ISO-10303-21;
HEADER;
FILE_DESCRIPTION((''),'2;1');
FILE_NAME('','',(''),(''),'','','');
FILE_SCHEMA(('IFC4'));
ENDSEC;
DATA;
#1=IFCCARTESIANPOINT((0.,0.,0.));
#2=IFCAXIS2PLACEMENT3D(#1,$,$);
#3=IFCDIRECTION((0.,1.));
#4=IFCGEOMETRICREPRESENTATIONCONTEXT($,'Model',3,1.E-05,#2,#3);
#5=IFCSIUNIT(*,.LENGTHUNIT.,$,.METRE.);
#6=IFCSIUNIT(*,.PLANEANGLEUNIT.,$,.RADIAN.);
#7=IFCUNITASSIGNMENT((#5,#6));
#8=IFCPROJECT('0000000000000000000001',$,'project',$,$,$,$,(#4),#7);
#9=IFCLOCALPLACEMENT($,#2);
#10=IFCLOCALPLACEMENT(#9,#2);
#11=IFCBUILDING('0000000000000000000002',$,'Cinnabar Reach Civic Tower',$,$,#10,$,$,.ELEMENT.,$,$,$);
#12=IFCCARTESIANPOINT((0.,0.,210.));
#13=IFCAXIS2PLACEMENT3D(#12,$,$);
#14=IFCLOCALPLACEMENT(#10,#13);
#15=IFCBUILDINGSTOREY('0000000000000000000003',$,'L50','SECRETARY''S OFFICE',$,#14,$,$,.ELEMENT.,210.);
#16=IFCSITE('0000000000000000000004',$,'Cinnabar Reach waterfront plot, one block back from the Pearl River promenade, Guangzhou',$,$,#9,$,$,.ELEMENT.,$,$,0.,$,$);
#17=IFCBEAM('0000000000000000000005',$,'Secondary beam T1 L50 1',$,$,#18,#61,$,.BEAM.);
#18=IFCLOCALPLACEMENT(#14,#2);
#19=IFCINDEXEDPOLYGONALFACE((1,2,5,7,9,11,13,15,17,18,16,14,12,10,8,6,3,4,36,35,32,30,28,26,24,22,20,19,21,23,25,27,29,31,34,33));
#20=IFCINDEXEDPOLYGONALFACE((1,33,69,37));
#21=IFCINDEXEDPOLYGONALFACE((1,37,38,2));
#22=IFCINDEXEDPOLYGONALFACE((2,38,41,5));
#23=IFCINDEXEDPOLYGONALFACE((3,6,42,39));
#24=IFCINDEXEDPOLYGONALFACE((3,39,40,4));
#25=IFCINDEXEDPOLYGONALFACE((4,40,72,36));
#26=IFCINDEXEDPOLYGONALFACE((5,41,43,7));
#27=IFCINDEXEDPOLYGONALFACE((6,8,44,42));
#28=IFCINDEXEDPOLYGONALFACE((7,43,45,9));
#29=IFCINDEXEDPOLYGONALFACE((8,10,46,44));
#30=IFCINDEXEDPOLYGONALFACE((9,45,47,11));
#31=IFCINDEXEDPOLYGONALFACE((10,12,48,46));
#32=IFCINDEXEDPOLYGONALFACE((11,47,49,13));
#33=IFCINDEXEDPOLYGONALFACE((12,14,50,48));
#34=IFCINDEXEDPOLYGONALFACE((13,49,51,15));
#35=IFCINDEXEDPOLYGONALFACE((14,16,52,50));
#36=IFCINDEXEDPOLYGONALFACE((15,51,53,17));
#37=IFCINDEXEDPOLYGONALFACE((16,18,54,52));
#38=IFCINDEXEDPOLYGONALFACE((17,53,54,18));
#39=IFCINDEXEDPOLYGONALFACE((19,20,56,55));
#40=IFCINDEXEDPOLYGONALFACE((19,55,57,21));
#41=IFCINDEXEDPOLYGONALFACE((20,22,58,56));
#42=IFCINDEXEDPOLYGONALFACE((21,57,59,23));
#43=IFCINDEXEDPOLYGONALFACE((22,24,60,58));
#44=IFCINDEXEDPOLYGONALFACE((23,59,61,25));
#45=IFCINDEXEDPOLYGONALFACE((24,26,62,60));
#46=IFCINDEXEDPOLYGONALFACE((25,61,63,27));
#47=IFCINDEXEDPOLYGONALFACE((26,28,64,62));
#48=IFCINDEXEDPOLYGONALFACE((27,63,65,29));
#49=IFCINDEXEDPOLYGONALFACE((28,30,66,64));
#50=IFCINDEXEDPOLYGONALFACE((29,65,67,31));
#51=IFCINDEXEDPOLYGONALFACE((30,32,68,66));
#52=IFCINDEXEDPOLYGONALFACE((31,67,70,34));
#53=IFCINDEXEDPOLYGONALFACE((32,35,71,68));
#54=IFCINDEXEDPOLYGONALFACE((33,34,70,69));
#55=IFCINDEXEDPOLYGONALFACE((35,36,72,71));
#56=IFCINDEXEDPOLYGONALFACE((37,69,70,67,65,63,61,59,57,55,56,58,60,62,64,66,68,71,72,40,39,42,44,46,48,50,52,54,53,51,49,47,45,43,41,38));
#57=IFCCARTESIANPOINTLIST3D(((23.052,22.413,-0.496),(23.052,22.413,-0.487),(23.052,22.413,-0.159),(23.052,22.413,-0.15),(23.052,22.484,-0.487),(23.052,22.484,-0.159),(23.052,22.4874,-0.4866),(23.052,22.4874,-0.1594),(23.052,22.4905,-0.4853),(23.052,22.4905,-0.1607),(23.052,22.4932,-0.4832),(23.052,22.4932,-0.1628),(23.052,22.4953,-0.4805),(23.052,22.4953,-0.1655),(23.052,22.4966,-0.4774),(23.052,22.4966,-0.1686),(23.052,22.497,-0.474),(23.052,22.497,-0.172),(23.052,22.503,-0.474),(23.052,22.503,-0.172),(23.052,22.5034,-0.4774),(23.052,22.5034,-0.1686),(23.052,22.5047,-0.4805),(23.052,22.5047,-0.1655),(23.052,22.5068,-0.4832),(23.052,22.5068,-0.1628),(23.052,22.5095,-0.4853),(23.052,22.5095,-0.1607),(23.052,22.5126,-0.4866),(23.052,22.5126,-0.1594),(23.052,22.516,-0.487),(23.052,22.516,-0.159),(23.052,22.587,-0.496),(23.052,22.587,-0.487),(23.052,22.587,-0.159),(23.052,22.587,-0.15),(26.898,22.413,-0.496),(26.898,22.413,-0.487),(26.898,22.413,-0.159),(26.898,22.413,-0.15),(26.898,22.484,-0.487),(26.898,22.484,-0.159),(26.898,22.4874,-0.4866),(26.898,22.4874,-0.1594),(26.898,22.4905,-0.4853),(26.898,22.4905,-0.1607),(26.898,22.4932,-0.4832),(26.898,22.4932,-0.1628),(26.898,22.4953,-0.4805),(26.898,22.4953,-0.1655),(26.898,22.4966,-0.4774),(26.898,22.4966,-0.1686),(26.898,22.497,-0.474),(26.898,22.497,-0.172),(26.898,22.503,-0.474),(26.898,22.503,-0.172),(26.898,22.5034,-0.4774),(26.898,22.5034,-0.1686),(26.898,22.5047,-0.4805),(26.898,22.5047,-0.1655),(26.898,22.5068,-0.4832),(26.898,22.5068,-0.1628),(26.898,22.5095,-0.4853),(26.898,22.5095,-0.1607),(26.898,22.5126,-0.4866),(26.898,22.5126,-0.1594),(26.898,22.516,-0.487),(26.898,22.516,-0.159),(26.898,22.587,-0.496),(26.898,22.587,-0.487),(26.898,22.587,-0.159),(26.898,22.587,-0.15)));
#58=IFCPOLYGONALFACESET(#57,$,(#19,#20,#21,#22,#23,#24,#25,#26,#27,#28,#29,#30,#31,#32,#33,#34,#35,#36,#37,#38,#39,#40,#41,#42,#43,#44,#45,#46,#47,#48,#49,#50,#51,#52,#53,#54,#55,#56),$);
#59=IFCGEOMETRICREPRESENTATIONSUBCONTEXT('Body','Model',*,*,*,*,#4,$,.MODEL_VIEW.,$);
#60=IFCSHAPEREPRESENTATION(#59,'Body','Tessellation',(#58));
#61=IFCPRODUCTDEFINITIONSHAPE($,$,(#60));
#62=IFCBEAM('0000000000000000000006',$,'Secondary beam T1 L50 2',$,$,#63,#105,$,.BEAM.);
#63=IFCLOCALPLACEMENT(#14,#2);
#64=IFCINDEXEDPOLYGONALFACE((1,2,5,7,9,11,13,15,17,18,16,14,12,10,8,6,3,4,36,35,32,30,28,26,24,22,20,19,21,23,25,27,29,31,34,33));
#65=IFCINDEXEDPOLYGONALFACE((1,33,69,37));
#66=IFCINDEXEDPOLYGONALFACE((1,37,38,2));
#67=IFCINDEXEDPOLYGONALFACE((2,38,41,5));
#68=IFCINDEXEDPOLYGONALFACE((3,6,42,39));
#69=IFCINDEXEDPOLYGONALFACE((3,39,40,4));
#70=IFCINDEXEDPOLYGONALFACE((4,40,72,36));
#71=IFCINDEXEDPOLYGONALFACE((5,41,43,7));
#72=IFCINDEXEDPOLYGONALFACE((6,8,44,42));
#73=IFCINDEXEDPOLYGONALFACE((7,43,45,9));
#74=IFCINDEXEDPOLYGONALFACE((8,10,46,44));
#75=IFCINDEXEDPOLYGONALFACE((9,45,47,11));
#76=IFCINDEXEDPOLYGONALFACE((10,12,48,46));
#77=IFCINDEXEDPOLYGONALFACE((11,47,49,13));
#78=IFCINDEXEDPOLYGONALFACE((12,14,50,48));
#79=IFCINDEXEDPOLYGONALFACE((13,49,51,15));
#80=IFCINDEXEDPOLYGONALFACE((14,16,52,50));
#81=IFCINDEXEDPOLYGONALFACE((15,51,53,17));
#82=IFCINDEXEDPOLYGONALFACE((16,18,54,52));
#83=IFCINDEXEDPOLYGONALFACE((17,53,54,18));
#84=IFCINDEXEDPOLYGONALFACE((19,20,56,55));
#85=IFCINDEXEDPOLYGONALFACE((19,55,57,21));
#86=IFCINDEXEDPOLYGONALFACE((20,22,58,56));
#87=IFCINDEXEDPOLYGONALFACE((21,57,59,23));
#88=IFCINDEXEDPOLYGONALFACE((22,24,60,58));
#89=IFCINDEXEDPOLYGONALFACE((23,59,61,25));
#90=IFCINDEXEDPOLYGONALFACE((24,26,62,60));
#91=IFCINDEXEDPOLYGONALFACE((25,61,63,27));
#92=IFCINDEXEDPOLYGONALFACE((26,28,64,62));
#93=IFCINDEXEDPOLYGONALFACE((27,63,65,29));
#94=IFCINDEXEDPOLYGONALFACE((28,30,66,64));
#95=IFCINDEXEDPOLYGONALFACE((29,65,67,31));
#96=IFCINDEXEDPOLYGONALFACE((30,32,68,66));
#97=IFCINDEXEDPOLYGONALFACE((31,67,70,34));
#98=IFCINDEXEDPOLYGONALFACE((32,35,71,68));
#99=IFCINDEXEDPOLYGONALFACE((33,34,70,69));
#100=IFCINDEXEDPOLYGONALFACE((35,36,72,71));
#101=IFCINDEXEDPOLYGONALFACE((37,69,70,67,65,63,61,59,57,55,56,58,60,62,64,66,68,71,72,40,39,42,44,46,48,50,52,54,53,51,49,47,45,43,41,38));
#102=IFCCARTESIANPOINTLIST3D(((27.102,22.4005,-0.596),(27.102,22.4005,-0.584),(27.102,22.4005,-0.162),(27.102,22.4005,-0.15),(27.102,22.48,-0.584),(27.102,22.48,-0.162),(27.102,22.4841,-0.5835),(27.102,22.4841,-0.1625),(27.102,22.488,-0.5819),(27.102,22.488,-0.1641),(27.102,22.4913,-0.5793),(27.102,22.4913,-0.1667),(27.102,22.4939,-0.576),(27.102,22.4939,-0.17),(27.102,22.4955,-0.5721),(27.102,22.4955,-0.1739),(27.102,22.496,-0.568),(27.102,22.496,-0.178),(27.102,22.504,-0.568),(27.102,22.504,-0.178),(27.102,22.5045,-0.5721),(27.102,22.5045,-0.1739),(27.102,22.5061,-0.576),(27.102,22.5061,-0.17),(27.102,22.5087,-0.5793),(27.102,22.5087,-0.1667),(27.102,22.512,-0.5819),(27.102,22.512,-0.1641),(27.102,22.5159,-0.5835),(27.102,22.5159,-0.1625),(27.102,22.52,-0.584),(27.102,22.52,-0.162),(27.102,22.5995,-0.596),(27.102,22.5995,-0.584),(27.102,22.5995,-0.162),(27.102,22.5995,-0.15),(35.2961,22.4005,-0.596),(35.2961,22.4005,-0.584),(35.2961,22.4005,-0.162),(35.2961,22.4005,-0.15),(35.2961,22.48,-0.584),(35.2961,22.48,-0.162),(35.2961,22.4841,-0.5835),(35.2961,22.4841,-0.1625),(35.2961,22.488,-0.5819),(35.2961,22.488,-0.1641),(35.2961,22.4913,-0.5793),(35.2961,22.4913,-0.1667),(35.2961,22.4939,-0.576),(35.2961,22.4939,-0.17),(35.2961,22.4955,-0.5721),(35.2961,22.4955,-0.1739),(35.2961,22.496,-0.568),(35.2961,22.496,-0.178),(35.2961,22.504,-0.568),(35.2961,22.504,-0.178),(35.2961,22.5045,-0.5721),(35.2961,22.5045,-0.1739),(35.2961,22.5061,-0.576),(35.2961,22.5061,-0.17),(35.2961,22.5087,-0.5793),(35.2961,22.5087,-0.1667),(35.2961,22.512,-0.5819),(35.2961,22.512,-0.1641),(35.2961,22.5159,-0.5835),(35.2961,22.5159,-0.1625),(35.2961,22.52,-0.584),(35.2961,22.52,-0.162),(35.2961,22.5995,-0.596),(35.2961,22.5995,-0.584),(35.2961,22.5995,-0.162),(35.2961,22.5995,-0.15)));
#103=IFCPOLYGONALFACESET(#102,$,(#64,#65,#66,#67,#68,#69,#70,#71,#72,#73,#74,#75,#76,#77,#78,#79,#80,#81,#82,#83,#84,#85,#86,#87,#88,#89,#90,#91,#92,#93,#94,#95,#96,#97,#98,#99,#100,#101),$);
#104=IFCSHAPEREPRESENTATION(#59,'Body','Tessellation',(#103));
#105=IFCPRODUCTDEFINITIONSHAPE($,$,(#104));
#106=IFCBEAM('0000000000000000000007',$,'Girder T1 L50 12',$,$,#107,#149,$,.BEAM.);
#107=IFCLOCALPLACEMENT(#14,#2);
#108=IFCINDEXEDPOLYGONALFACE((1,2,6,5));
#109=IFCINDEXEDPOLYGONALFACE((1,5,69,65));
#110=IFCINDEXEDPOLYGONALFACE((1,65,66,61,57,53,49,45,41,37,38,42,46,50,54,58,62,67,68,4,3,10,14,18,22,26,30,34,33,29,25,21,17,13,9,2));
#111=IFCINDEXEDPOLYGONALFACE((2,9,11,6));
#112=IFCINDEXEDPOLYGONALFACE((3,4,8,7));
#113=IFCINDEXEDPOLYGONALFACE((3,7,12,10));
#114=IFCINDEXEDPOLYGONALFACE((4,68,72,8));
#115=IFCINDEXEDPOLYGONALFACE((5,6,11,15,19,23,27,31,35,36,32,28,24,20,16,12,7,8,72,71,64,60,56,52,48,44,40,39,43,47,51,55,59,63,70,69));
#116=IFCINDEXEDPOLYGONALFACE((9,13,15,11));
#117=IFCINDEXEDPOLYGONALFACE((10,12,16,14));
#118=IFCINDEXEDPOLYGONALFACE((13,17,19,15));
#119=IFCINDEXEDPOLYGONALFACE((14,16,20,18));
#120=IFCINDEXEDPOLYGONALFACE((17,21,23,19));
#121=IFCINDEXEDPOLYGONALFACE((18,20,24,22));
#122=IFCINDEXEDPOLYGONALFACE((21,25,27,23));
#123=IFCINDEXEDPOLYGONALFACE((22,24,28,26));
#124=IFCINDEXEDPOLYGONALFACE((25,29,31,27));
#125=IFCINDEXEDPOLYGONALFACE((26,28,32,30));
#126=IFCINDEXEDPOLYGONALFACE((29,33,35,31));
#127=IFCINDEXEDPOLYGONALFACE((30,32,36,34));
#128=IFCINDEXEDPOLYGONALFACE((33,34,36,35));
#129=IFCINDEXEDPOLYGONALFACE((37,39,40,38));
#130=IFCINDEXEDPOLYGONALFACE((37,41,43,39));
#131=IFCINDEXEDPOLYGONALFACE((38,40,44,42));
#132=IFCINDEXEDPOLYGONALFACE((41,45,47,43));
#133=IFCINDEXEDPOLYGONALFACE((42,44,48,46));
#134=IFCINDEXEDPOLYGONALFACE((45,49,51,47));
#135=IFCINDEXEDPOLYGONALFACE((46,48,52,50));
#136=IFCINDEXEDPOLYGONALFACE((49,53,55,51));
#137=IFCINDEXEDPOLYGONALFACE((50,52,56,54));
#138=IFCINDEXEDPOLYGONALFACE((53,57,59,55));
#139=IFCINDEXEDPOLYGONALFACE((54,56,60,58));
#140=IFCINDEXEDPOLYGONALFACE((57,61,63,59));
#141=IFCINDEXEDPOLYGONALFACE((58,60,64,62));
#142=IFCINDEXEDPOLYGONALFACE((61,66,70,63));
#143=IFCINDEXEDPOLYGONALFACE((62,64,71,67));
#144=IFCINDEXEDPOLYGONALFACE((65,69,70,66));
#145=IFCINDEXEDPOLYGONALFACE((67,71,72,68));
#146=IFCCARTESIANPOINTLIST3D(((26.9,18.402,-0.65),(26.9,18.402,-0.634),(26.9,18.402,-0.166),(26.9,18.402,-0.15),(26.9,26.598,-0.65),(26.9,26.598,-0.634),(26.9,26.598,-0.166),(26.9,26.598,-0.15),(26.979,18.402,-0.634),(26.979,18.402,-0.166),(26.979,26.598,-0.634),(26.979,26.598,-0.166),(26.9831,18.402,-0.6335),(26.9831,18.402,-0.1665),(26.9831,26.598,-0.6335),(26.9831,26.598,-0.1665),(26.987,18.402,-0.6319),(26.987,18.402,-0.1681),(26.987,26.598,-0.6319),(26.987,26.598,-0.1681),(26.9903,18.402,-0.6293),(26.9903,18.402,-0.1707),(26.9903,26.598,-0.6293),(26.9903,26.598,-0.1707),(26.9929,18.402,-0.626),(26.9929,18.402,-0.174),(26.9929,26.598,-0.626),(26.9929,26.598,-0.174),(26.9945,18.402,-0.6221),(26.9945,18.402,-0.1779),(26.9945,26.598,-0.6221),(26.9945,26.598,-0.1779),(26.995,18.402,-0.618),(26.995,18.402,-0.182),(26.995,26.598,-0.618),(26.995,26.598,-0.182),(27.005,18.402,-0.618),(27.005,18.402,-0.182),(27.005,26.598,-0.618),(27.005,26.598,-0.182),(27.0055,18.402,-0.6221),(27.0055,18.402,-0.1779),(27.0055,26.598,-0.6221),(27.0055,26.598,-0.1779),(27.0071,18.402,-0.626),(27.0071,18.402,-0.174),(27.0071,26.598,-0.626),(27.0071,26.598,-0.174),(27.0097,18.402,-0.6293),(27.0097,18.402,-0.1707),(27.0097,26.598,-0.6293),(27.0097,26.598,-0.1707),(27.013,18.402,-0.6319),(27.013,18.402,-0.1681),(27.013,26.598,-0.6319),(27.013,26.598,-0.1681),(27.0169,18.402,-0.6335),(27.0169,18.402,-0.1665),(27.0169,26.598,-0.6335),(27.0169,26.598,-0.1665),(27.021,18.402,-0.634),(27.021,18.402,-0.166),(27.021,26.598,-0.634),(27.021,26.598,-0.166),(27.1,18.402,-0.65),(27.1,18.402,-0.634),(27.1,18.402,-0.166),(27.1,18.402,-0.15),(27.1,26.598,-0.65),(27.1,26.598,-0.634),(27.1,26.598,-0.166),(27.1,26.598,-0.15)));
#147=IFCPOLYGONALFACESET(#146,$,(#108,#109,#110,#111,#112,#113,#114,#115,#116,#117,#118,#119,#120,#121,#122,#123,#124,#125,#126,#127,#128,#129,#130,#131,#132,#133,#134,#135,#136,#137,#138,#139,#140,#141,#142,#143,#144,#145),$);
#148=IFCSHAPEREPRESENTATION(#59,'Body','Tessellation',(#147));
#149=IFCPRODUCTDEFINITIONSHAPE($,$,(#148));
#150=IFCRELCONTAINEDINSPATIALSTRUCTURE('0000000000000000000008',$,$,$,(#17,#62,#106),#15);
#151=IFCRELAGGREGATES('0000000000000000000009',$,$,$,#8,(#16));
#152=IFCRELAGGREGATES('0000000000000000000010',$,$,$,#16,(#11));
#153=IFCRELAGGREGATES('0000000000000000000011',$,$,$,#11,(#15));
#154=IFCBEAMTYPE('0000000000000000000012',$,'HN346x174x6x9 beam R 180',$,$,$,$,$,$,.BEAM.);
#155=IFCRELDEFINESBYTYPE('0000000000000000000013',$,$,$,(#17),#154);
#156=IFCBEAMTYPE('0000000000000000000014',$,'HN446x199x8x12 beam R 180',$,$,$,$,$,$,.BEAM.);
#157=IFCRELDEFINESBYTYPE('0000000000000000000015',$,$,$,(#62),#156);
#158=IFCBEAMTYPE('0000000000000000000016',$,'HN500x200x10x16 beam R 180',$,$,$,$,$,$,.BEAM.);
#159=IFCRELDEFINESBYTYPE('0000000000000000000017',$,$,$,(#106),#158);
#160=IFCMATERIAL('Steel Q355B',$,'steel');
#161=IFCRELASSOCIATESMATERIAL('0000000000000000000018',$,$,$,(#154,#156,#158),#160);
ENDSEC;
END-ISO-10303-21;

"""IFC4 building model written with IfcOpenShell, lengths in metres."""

from ifc_helpers import new_model, si_unit, direction, frame, origin, origin_2d, place, context, subcontext, project, spatial, i_section, extrude, material, material_profile, profile_set, type_object, element, save


model = new_model("IFC4")

# Units and contexts
model_context = context("Model", 3, precision=1e-05, world=origin(), true_north=direction((0.0, 1.0)))
body_context = subcontext(model_context, "Body", "Model", "MODEL_VIEW")
ifc_project = project(units=[si_unit("LENGTHUNIT", "METRE"), si_unit("PLANEANGLEUNIT", "RADIAN")], contexts=[model_context])

# Site, building, storey
site_placement = place(None, origin())
site = spatial("IfcSite", under=ifc_project, at=site_placement, Name="Cinnabar Reach waterfront plot, one block back from the Pearl River promenade, Guangzhou", CompositionType="ELEMENT", RefElevation=0.0)
building_placement = place(site_placement, origin())
building = spatial("IfcBuilding", under=site, at=building_placement, Name="Cinnabar Reach Civic Tower", CompositionType="ELEMENT")
storey_placement = place(building_placement, frame((0.0, 0.0, 210.0)))
storey = spatial("IfcBuildingStorey", under=building, at=storey_placement, Name="L50", Description="SECRETARY'S OFFICE", CompositionType="ELEMENT", Elevation=210.0)

# Beams
ifc_material_1 = material(Name="Steel Q355B", Category="steel")
ifc_material_profile_1 = material_profile(ifc_material_1, i_section(OverallWidth=0.174, OverallDepth=0.346, WebThickness=0.006, FlangeThickness=0.009, FilletRadius=0.013, at=origin_2d()), Name="HN346x174x6x9")
ifc_profile_set_1 = profile_set([ifc_material_profile_1], Name="Steel Q355B")
beam_type_1 = type_object("IfcBeamType", Name="HN346x174x6x9 beam R 180", PredefinedType="BEAM", material=ifc_profile_set_1)
beam_1_placement = place(storey_placement, frame((23.052, 22.5, -0.323), z_axis=(1.0, 0.0, 0.0), x_axis=(0.0, 1.0, 0.0)))
element("IfcBeam", 1, at=beam_1_placement, inside=storey, type_object=beam_type_1, Name="Secondary beam T1 L50 1", PredefinedType="BEAM", context=body_context, shape_type="SweptSolid", body=[
    extrude(i_section(OverallWidth=0.174, OverallDepth=0.346, WebThickness=0.006, FlangeThickness=0.009, FilletRadius=0.013, at=origin_2d()), origin(), (0.0, 0.0, 1.0), 3.846),
])
ifc_material_profile_2 = material_profile(ifc_material_1, i_section(OverallWidth=0.199, OverallDepth=0.446, WebThickness=0.008, FlangeThickness=0.012, FilletRadius=0.016, at=origin_2d()), Name="HN446x199x8x12")
ifc_profile_set_2 = profile_set([ifc_material_profile_2], Name="Steel Q355B")
beam_type_2 = type_object("IfcBeamType", Name="HN446x199x8x12 beam R 180", PredefinedType="BEAM", material=ifc_profile_set_2)
beam_2_placement = place(storey_placement, frame((27.102, 22.5, -0.373), z_axis=(1.0, 0.0, 0.0), x_axis=(0.0, 1.0, 0.0)))
element("IfcBeam", 2, at=beam_2_placement, inside=storey, type_object=beam_type_2, Name="Secondary beam T1 L50 2", PredefinedType="BEAM", context=body_context, shape_type="SweptSolid", body=[
    extrude(i_section(OverallWidth=0.199, OverallDepth=0.446, WebThickness=0.008, FlangeThickness=0.012, FilletRadius=0.016, at=origin_2d()), origin(), (0.0, 0.0, 1.0), 8.1941),
])
ifc_material_profile_3 = material_profile(ifc_material_1, i_section(OverallWidth=0.2, OverallDepth=0.5, WebThickness=0.01, FlangeThickness=0.016, FilletRadius=0.016, at=origin_2d()), Name="HN500x200x10x16")
ifc_profile_set_3 = profile_set([ifc_material_profile_3], Name="Steel Q355B")
beam_type_3 = type_object("IfcBeamType", Name="HN500x200x10x16 beam R 180", PredefinedType="BEAM", material=ifc_profile_set_3)
beam_3_placement = place(storey_placement, frame((27.0, 18.402, -0.4), z_axis=(0.0, 1.0, 0.0), x_axis=(-1.0, 0.0, 0.0)))
element("IfcBeam", 3, at=beam_3_placement, inside=storey, type_object=beam_type_3, Name="Girder T1 L50 12", PredefinedType="BEAM", context=body_context, shape_type="SweptSolid", body=[
    extrude(i_section(OverallWidth=0.2, OverallDepth=0.5, WebThickness=0.01, FlangeThickness=0.016, FilletRadius=0.016, at=origin_2d()), origin(), (0.0, 0.0, 1.0), 8.196),
])

save(model, "model.ifc")
